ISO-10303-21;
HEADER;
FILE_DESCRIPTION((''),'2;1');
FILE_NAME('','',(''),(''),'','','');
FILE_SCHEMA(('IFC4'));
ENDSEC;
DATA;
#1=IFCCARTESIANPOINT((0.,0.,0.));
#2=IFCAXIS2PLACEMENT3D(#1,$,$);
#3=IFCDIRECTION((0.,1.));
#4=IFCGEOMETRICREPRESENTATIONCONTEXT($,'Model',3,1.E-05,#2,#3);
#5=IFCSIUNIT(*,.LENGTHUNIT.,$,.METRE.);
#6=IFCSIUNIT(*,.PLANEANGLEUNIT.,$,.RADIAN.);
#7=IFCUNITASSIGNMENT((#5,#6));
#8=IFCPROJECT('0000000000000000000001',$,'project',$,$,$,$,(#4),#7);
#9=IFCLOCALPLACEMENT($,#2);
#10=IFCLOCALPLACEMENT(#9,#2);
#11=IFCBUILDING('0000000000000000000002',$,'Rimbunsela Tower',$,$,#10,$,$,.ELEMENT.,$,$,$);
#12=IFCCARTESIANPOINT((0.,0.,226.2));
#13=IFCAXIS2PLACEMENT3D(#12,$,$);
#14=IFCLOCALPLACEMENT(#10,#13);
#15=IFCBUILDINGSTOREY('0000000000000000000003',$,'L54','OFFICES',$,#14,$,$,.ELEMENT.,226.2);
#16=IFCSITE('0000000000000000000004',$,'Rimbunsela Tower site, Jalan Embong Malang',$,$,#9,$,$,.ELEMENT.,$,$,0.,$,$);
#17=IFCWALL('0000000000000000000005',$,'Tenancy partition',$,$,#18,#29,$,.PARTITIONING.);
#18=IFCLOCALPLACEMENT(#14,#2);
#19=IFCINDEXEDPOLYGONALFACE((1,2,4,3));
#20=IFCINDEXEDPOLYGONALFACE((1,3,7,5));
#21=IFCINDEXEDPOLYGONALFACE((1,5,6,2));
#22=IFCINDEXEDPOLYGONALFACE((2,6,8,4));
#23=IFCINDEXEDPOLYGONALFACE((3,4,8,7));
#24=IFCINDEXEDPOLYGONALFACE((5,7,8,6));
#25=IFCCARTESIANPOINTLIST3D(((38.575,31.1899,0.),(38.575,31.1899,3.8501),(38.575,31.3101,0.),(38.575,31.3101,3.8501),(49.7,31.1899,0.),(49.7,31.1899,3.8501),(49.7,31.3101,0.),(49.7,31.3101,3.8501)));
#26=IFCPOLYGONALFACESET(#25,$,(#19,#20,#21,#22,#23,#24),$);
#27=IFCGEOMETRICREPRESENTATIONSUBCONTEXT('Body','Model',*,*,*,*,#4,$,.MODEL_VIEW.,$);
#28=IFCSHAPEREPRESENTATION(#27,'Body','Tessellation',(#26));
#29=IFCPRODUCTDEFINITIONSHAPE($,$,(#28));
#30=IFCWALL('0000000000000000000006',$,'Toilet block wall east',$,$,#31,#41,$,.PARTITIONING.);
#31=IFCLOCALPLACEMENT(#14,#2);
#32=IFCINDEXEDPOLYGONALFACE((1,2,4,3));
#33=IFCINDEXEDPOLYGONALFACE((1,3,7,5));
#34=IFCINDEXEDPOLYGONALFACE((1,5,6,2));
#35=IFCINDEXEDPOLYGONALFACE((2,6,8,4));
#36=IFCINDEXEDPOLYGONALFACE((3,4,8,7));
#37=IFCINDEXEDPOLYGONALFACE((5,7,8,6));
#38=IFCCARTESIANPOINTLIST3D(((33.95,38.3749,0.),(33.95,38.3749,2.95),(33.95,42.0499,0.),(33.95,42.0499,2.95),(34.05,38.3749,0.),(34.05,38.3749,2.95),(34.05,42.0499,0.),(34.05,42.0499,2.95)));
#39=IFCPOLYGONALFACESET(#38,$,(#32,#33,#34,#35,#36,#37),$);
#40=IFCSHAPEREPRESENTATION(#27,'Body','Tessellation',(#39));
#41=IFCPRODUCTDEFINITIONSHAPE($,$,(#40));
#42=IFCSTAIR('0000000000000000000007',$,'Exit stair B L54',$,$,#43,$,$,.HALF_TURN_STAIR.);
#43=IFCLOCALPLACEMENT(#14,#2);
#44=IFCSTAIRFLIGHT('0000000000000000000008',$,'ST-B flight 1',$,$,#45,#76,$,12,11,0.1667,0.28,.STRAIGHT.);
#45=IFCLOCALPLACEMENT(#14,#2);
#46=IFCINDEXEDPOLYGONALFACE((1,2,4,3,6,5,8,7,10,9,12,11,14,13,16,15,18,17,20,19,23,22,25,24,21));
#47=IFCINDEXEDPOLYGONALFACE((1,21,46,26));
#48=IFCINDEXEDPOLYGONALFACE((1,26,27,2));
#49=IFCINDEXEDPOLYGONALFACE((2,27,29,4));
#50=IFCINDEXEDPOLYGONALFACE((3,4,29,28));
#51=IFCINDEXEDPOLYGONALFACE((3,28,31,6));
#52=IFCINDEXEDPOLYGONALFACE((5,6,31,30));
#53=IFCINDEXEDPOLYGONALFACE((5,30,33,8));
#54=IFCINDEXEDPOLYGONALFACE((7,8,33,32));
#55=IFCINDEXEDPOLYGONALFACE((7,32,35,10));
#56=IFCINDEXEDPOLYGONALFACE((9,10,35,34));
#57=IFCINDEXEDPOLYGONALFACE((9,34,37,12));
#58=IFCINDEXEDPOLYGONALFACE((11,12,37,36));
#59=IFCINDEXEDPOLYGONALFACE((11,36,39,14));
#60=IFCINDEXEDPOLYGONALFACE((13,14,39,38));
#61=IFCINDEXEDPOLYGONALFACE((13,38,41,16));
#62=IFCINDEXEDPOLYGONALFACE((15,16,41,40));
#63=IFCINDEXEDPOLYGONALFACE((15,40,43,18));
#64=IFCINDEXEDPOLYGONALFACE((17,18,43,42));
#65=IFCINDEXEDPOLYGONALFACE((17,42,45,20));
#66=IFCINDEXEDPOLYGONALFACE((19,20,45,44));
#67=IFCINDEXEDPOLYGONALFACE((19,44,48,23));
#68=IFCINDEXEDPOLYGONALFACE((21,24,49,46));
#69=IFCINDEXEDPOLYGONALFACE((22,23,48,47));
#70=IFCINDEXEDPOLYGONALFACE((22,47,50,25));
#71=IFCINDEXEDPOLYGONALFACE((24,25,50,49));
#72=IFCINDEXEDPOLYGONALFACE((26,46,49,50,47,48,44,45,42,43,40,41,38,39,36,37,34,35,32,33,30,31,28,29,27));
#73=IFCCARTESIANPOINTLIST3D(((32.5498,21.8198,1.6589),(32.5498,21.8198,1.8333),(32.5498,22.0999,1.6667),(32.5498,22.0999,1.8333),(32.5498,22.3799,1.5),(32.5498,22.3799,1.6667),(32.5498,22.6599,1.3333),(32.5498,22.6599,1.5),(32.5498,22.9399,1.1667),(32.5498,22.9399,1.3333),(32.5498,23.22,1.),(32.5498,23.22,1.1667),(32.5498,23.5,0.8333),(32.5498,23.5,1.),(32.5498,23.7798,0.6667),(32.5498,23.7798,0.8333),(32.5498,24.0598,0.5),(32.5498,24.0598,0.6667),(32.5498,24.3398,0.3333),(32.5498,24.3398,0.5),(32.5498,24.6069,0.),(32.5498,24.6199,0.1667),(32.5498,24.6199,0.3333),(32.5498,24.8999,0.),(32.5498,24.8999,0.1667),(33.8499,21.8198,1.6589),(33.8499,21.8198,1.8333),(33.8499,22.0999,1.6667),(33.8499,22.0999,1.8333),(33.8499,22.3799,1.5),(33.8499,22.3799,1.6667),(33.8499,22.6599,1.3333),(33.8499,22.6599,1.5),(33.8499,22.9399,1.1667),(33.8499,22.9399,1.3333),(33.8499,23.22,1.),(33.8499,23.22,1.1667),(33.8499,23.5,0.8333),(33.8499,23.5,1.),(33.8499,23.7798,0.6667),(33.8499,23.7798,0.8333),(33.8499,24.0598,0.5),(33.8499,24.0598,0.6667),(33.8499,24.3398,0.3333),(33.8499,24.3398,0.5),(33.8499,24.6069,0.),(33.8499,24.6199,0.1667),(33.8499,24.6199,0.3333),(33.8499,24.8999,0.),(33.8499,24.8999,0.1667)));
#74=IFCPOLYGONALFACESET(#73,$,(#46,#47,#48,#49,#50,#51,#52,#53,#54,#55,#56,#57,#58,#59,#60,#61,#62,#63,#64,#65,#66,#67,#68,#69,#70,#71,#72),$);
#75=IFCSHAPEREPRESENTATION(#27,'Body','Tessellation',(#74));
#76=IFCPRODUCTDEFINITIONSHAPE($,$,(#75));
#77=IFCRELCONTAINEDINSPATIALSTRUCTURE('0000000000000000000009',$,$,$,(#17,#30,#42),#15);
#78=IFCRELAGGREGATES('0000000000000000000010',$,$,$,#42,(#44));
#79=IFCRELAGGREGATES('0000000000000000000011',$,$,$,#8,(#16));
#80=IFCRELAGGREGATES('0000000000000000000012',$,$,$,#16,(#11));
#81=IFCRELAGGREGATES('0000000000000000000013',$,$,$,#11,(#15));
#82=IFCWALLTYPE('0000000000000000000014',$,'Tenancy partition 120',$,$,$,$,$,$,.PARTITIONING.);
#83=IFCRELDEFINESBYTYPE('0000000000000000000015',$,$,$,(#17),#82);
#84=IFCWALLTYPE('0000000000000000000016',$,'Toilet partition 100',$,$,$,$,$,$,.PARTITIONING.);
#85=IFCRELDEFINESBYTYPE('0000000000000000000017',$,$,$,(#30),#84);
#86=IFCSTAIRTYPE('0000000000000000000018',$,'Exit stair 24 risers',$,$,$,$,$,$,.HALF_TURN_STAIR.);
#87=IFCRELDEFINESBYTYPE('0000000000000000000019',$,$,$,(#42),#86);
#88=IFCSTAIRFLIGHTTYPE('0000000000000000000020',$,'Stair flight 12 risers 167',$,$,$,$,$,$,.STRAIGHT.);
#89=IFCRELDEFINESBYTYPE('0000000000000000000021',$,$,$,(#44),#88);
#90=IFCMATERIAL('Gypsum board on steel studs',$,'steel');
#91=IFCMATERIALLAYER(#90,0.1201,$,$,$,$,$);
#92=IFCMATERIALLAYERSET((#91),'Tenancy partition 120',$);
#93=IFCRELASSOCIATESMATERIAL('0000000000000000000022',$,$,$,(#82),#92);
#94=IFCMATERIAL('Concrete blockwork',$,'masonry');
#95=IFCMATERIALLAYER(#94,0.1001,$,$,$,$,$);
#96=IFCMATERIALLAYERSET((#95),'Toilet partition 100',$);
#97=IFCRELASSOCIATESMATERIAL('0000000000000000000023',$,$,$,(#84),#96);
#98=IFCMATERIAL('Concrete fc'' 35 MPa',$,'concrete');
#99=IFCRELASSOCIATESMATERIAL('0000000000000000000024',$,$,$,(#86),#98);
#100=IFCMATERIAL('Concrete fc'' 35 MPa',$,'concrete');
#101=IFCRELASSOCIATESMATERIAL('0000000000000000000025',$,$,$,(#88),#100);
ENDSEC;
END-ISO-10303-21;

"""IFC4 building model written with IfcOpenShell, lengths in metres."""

from ifc_helpers import new_model, si_unit, direction, frame, frame_2d, origin, place, context, subcontext, project, spatial, polyline, rectangle, outline, extrude, material, layer, layer_set, type_object, element, aggregate, save


model = new_model("IFC4")

# Units and contexts
model_context = context("Model", 3, precision=1e-05, world=origin(), true_north=direction((0.0, 1.0)))
body_context = subcontext(model_context, "Body", "Model", "MODEL_VIEW")
ifc_project = project(units=[si_unit("LENGTHUNIT", "METRE"), si_unit("PLANEANGLEUNIT", "RADIAN")], contexts=[model_context])

# Site, building, storey
site_placement = place(None, origin())
site = spatial("IfcSite", under=ifc_project, at=site_placement, Name="Rimbunsela Tower site, Jalan Embong Malang", CompositionType="ELEMENT", RefElevation=0.0)
building_placement = place(site_placement, origin())
building = spatial("IfcBuilding", under=site, at=building_placement, Name="Rimbunsela Tower", CompositionType="ELEMENT")
storey_placement = place(building_placement, frame((0.0, 0.0, 226.2)))
storey = spatial("IfcBuildingStorey", under=building, at=storey_placement, Name="L54", Description="OFFICES", CompositionType="ELEMENT", Elevation=226.2)

# Walls
ifc_material_1 = material(Name="Gypsum board on steel studs", Category="steel")
ifc_layer_1 = layer(ifc_material_1, 0.1201)
ifc_layer_set_1 = layer_set([ifc_layer_1], Name="Tenancy partition 120")
wall_type_1 = type_object("IfcWallType", Name="Tenancy partition 120", PredefinedType="PARTITIONING", material=ifc_layer_set_1)
wall_1_placement = place(storey_placement, frame((38.575, 31.25, 0.0), z_axis=(0.0, 0.0, 1.0), x_axis=(1.0, 0.0, 0.0)))
element("IfcWall", 1, at=wall_1_placement, inside=storey, type_object=wall_type_1, Name="Tenancy partition", PredefinedType="PARTITIONING", context=body_context, shape_type="SweptSolid", body=[
    extrude(rectangle(XDim=11.125, YDim=0.1201, at=frame_2d((5.5625, 0.0))), origin(), (0.0, 0.0, 1.0), 3.8501),
])
ifc_material_2 = material(Name="Concrete blockwork", Category="masonry")
ifc_layer_2 = layer(ifc_material_2, 0.1001)
ifc_layer_set_2 = layer_set([ifc_layer_2], Name="Toilet partition 100")
wall_type_2 = type_object("IfcWallType", Name="Toilet partition 100", PredefinedType="PARTITIONING", material=ifc_layer_set_2)
wall_2_placement = place(storey_placement, frame((34.0, 38.375, 0.0), z_axis=(0.0, 0.0, 1.0), x_axis=(0.0, 1.0, 0.0)))
element("IfcWall", 2, at=wall_2_placement, inside=storey, type_object=wall_type_2, Name="Toilet block wall east", PredefinedType="PARTITIONING", context=body_context, shape_type="SweptSolid", body=[
    extrude(rectangle(XDim=3.675, YDim=0.1001, at=frame_2d((1.8374, 0.0))), origin(), (0.0, 0.0, 1.0), 2.95),
])

# Stair, stair flight
ifc_material_3 = material(Name="Concrete fc' 35 MPa", Category="concrete")
stair_type = type_object("IfcStairType", Name="Exit stair 24 risers", PredefinedType="HALF_TURN_STAIR", material=ifc_material_3)
stair_placement = place(storey_placement, origin())
stair = element("IfcStair", 3, at=stair_placement, inside=storey, type_object=stair_type, Name="Exit stair B L54", PredefinedType="HALF_TURN_STAIR")
ifc_material_4 = material(Name="Concrete fc' 35 MPa", Category="concrete")
stair_flight_type = type_object("IfcStairFlightType", Name="Stair flight 12 risers 167", PredefinedType="STRAIGHT", material=ifc_material_4)
stair_flight_placement = place(storey_placement, frame((33.2, 24.8999, 0.0), z_axis=(0.0, 0.0, 1.0), x_axis=(0.0, -1.0, 0.0)))
stair_flight = element("IfcStairFlight", 4, at=stair_flight_placement, type_object=stair_flight_type, Name="ST-B flight 1", NumberOfRisers=12, NumberOfTreads=11, PredefinedType="STRAIGHT", RiserHeight=0.1667, TreadLength=0.28, context=body_context, shape_type="SweptSolid", body=[
    extrude(outline(polyline([(0.0, 0.0), (0.0, 0.1667), (0.28, 0.1667), (0.28, 0.3333), (0.5601, 0.3333), (0.5601, 0.5), (0.8401, 0.5), (0.8401, 0.6667), (1.1201, 0.6667), (1.1201, 0.8333), (1.3999, 0.8333), (1.3999, 1.0), (1.6799, 1.0), (1.6799, 1.1667), (1.96, 1.1667), (1.96, 1.3333), (2.24, 1.3333), (2.24, 1.5), (2.52, 1.5), (2.52, 1.6667), (2.8, 1.6667), (2.8, 1.8333), (3.0801, 1.8333), (3.0801, 2.0), (3.0801, 1.6589), (0.293, 0.0), (0.0, 0.0)])), frame((0.0, 0.6499, 0.0), z_axis=(0.0, -1.0, 0.0), x_axis=(1.0, 0.0, 0.0)), (0.0, 0.0, 1.0), 1.3),
])
aggregate(stair, [stair_flight])

save(model, "model.ifc")
